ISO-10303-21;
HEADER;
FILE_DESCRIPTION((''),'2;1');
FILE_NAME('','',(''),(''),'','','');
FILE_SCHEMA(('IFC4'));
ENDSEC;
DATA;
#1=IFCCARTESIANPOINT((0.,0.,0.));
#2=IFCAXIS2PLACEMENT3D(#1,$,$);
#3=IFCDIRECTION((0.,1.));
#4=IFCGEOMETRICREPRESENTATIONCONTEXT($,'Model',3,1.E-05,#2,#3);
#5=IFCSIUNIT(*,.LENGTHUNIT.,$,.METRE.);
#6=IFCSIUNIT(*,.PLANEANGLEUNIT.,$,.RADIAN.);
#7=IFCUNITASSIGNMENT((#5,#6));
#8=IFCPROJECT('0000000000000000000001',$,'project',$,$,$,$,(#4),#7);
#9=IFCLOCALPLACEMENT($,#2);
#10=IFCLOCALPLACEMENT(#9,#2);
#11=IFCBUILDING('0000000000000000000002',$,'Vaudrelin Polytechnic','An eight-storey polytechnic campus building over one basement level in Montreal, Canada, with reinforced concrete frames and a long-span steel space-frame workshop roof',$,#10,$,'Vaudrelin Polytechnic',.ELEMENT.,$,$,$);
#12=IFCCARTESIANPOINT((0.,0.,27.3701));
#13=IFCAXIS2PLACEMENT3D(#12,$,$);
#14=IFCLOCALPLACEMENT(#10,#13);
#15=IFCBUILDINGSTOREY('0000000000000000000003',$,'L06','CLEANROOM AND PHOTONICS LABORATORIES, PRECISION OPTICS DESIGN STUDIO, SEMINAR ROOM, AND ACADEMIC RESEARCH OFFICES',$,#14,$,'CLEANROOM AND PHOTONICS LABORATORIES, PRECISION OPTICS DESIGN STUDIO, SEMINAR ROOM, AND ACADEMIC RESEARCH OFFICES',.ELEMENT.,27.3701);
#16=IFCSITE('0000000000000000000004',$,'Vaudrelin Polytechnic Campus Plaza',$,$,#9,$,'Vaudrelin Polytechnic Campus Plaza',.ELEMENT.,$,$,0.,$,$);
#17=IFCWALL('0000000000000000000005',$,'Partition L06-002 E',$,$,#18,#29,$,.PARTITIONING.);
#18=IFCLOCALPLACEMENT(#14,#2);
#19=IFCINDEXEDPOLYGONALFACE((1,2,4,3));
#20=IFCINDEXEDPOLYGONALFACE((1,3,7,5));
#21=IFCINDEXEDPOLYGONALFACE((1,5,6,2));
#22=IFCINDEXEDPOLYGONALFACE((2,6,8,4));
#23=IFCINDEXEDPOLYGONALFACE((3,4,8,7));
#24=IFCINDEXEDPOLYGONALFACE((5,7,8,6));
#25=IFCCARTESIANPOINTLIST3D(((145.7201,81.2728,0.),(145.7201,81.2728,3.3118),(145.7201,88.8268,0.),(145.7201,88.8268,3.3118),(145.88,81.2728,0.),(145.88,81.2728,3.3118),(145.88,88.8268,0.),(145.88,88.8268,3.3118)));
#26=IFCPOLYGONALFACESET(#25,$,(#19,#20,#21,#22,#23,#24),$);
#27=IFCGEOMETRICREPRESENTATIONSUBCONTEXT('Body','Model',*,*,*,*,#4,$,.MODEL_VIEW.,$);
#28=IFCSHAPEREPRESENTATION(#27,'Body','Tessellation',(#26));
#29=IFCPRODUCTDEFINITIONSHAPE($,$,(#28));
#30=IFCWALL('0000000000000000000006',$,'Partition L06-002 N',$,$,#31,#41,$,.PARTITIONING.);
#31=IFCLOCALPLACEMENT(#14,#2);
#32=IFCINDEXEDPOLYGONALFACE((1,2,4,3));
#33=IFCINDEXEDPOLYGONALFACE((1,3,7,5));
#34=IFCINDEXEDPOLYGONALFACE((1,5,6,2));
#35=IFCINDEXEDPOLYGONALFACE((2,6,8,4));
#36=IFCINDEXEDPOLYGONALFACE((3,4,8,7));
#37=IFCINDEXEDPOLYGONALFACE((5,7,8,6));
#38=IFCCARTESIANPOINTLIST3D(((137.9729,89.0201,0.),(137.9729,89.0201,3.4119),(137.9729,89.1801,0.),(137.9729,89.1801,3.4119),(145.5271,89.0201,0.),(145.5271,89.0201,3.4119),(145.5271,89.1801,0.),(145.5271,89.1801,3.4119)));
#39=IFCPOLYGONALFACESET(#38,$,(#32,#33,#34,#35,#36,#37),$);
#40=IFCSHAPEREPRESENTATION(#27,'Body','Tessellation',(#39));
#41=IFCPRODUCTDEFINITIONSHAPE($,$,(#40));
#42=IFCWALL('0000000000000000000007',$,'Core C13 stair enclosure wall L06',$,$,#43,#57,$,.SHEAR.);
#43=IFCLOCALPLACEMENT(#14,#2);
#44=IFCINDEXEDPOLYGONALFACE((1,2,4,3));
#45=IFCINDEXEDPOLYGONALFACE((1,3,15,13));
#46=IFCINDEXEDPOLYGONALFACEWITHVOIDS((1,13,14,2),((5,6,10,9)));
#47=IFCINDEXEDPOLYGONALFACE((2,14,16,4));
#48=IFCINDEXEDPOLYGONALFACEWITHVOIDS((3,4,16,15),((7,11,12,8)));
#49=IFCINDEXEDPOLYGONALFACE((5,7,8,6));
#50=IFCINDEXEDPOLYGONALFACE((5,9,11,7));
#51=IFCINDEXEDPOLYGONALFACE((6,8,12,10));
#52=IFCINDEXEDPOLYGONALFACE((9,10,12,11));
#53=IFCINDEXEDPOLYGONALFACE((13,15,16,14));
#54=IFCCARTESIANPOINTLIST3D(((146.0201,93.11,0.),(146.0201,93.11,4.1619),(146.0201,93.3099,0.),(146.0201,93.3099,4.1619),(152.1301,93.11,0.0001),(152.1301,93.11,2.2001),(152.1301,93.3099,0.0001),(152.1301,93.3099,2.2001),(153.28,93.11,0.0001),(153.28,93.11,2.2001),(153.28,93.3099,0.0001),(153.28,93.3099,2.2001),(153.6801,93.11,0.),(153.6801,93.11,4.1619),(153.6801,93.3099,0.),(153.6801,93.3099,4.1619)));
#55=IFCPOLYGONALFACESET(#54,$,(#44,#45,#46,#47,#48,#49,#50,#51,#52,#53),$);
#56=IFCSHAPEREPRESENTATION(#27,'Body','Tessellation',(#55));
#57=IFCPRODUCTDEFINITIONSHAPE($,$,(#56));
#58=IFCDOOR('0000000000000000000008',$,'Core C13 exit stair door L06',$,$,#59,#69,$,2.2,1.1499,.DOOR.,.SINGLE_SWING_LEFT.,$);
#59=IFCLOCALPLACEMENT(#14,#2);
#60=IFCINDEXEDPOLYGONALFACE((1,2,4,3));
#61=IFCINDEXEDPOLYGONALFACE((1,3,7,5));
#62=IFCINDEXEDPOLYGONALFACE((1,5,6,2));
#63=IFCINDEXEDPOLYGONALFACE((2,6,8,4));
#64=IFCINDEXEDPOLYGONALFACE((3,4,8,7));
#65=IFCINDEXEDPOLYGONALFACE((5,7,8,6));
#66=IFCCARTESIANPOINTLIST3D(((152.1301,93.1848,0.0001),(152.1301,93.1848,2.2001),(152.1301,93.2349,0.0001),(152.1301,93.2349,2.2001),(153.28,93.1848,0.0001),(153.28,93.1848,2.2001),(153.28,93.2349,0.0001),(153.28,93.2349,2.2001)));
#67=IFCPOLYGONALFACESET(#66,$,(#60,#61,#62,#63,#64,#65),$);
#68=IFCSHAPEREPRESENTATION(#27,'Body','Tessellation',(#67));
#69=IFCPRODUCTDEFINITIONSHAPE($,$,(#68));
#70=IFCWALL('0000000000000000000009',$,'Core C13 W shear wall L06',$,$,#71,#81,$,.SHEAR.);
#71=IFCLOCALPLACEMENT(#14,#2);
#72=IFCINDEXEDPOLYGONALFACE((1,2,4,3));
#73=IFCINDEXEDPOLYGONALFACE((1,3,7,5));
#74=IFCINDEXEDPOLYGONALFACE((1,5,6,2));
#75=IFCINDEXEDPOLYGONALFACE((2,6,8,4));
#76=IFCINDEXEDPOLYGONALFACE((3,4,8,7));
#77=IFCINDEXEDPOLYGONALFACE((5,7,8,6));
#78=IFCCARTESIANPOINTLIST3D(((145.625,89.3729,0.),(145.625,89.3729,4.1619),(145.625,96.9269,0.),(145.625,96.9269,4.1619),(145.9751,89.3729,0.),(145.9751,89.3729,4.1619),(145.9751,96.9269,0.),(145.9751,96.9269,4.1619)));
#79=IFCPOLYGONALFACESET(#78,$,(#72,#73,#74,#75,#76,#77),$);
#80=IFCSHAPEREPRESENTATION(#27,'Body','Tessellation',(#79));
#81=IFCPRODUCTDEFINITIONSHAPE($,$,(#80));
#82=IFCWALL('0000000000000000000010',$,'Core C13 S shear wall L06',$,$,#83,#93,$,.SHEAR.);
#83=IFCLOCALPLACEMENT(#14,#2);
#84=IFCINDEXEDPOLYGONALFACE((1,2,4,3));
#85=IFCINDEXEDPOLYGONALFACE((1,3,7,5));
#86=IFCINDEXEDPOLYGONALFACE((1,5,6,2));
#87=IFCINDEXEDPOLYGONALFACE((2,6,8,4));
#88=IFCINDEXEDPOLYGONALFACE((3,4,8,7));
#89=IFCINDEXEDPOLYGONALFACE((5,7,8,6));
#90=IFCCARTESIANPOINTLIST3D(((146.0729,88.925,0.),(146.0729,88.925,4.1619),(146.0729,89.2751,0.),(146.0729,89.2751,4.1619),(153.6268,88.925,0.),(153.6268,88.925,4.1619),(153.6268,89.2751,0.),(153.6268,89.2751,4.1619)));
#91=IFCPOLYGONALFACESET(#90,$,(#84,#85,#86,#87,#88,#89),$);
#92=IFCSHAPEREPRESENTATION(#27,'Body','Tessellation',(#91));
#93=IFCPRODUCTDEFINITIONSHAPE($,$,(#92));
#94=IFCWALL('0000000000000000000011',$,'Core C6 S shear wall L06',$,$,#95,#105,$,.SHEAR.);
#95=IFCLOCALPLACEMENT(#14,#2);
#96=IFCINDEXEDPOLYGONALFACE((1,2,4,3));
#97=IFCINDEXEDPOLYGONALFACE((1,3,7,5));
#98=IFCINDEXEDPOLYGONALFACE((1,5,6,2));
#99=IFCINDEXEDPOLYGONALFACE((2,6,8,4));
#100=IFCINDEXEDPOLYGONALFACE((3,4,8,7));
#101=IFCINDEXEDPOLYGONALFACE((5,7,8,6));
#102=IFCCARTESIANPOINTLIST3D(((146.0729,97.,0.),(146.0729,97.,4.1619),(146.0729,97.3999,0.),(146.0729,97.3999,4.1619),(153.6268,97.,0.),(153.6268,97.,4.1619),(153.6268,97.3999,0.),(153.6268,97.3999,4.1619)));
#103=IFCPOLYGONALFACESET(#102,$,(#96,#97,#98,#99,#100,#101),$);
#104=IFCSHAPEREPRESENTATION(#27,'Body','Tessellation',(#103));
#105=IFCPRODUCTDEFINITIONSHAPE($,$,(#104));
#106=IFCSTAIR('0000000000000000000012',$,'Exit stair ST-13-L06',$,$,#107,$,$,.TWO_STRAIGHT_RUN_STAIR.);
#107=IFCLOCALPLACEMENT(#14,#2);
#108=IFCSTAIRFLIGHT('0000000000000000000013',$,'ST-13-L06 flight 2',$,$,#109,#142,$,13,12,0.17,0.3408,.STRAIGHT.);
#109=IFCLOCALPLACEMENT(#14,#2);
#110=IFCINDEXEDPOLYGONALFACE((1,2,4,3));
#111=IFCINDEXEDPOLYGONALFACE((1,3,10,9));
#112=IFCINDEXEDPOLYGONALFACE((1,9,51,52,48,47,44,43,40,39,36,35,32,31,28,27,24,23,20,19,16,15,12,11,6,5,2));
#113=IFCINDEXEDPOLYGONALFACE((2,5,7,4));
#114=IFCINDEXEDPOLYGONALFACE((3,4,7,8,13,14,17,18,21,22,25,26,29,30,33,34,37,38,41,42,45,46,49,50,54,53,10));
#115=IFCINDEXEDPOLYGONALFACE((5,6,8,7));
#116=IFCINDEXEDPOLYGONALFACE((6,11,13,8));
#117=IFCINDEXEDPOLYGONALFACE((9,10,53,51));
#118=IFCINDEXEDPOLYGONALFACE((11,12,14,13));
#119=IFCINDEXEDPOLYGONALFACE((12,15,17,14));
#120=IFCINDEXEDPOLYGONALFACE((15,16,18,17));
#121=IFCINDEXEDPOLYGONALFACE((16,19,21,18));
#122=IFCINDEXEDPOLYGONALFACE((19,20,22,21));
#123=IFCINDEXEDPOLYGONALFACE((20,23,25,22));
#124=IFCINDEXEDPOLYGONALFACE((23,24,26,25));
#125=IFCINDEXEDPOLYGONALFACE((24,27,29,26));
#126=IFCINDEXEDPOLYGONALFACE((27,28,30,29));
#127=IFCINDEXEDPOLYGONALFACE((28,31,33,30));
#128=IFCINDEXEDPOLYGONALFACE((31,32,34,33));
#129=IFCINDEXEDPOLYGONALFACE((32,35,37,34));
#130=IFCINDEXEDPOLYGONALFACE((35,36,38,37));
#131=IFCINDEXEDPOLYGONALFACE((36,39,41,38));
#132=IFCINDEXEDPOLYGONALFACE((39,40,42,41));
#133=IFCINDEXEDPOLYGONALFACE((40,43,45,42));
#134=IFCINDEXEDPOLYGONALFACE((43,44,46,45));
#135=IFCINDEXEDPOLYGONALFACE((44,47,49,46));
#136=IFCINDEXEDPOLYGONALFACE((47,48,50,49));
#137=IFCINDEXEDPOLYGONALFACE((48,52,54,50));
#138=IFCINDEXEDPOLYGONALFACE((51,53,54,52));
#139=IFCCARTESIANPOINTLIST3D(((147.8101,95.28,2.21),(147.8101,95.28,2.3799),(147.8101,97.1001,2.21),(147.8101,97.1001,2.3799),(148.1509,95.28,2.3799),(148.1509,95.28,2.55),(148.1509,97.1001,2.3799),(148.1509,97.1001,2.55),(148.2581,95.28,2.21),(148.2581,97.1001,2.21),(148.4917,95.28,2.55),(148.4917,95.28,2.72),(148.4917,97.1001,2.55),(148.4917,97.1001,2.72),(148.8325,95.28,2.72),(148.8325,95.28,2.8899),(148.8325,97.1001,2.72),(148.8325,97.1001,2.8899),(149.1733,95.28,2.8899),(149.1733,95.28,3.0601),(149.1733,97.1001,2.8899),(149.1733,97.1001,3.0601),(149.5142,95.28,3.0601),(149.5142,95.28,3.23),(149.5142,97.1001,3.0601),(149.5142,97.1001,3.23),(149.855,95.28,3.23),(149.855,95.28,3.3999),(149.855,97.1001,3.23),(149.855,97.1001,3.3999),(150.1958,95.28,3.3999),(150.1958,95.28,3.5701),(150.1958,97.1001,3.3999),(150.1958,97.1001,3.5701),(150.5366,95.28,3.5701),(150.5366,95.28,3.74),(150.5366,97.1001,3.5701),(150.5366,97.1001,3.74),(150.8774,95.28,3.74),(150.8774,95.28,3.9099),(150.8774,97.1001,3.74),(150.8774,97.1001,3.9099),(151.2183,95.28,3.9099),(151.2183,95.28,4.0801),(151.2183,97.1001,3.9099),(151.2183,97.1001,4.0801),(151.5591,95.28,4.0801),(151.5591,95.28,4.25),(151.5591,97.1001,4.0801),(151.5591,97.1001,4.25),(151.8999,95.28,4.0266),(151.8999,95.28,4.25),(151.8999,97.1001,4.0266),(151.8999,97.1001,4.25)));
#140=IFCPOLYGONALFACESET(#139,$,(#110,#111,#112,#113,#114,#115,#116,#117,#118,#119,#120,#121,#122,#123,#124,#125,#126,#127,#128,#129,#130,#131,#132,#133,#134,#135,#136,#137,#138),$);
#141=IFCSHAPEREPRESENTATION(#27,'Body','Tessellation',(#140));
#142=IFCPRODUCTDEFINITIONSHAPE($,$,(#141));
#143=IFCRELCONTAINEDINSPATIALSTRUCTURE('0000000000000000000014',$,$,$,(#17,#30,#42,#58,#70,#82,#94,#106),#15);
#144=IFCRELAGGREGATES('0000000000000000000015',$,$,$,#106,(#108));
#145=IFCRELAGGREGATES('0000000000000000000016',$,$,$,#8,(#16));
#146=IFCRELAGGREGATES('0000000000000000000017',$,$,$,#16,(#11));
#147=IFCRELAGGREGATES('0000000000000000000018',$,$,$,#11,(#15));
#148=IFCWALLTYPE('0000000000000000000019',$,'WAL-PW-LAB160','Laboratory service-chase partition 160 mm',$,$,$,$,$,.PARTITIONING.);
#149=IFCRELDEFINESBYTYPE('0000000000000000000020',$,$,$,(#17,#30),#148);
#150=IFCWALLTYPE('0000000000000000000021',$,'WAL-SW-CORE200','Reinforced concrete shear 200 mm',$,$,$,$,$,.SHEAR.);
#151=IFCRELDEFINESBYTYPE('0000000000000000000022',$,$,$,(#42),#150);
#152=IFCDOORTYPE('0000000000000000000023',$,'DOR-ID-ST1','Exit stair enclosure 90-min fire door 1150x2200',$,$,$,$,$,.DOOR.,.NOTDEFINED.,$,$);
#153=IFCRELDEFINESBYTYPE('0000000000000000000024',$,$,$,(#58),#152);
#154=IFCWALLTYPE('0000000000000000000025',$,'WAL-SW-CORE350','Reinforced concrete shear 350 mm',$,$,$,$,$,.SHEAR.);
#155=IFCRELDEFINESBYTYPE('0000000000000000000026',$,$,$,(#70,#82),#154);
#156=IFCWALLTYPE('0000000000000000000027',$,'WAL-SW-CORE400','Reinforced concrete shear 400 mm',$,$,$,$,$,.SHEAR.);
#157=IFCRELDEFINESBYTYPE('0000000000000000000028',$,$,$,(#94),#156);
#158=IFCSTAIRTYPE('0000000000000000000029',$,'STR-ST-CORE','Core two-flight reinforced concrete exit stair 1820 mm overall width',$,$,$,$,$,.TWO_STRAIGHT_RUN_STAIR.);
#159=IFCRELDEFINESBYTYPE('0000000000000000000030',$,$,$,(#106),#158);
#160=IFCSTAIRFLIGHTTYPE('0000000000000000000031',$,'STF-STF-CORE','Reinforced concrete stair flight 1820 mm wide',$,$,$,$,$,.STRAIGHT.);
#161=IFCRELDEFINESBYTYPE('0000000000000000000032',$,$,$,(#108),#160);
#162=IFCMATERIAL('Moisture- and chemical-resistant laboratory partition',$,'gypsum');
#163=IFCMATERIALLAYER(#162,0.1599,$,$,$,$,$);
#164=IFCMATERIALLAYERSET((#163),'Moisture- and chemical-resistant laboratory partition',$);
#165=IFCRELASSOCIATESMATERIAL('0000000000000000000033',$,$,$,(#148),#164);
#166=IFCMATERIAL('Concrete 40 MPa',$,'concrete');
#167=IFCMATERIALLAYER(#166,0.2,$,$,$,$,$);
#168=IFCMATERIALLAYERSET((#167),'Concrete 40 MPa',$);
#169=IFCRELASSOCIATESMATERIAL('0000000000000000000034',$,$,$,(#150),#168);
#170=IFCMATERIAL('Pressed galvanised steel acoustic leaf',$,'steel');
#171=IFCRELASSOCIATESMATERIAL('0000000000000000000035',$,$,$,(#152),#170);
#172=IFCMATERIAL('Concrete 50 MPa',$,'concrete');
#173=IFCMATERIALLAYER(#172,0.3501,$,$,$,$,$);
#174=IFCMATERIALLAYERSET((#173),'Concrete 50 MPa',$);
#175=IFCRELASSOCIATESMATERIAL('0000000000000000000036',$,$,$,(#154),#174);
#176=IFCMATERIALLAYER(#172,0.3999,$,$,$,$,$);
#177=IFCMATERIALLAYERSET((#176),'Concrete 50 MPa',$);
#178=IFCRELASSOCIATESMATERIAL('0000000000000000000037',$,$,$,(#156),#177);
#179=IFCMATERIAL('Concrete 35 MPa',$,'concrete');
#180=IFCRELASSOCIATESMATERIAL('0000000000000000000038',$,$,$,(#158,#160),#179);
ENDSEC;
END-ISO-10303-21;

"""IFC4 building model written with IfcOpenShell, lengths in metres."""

from ifc_helpers import new_model, si_unit, direction, frame, frame_2d, origin, place, context, subcontext, project, spatial, polyline, rectangle, outline, extrude, material, layer, layer_set, type_object, element, fill, aggregate, save


model = new_model("IFC4")

# Units and contexts
model_context = context("Model", 3, precision=1e-05, world=origin(), true_north=direction((0.0, 1.0)))
body_context = subcontext(model_context, "Body", "Model", "MODEL_VIEW")
ifc_project = project(units=[si_unit("LENGTHUNIT", "METRE"), si_unit("PLANEANGLEUNIT", "RADIAN")], contexts=[model_context])

# Site, building, storey
site_placement = place(None, origin())
site = spatial("IfcSite", under=ifc_project, at=site_placement, Name="Vaudrelin Polytechnic Campus Plaza", LongName="Vaudrelin Polytechnic Campus Plaza", CompositionType="ELEMENT", RefElevation=0.0)
building_placement = place(site_placement, origin())
building = spatial("IfcBuilding", under=site, at=building_placement, Name="Vaudrelin Polytechnic", Description="An eight-storey polytechnic campus building over one basement level in Montreal, Canada, with reinforced concrete frames and a long-span steel space-frame workshop roof", LongName="Vaudrelin Polytechnic", CompositionType="ELEMENT")
storey_placement = place(building_placement, frame((0.0, 0.0, 27.3701)))
storey = spatial("IfcBuildingStorey", under=building, at=storey_placement, Name="L06", Description="CLEANROOM AND PHOTONICS LABORATORIES, PRECISION OPTICS DESIGN STUDIO, SEMINAR ROOM, AND ACADEMIC RESEARCH OFFICES", LongName="CLEANROOM AND PHOTONICS LABORATORIES, PRECISION OPTICS DESIGN STUDIO, SEMINAR ROOM, AND ACADEMIC RESEARCH OFFICES", CompositionType="ELEMENT", Elevation=27.3701)

# Shared definitions
ifc_material_1 = material(Name="Concrete 40 MPa", Category="concrete")

# Shared definitions
ifc_material_2 = material(Name="Concrete 50 MPa", Category="concrete")

# Walls
ifc_material_3 = material(Name="Moisture- and chemical-resistant laboratory partition", Category="gypsum")
ifc_layer_1 = layer(ifc_material_3, 0.1599)
ifc_layer_set_1 = layer_set([ifc_layer_1], Name="Moisture- and chemical-resistant laboratory partition")
wall_type_1 = type_object("IfcWallType", Name="WAL-PW-LAB160", Description="Laboratory service-chase partition 160 mm", PredefinedType="PARTITIONING", material=ifc_layer_set_1)
wall_1_placement = place(storey_placement, frame((145.8, 81.2729, 0.0), z_axis=(0.0, 0.0, 1.0), x_axis=(0.0, 1.0, 0.0)))
element("IfcWall", 1, at=wall_1_placement, inside=storey, type_object=wall_type_1, Name="Partition L06-002 E", PredefinedType="PARTITIONING", context=body_context, shape_type="SweptSolid", body=[
    extrude(rectangle(XDim=7.554, YDim=0.1599, at=frame_2d((3.7769, 0.0))), origin(), (0.0, 0.0, 1.0), 3.3118),
])
wall_2_placement = place(storey_placement, frame((137.9729, 89.1001, 0.0), z_axis=(0.0, 0.0, 1.0), x_axis=(1.0, 0.0, 0.0)))
element("IfcWall", 2, at=wall_2_placement, inside=storey, type_object=wall_type_1, Name="Partition L06-002 N", PredefinedType="PARTITIONING", context=body_context, shape_type="SweptSolid", body=[
    extrude(rectangle(XDim=7.5542, YDim=0.1599, at=frame_2d((3.7771, 0.0))), origin(), (0.0, 0.0, 1.0), 3.4119),
])

# Wall, opening, door
ifc_layer_2 = layer(ifc_material_1, 0.2)
ifc_layer_set_2 = layer_set([ifc_layer_2], Name="Concrete 40 MPa")
wall_type_2 = type_object("IfcWallType", Name="WAL-SW-CORE200", Description="Reinforced concrete shear 200 mm", PredefinedType="SHEAR", material=ifc_layer_set_2)
wall_3_placement = place(storey_placement, frame((146.02, 93.21, 0.0), z_axis=(0.0, 0.0, 1.0), x_axis=(1.0, 0.0, 0.0)))
wall_3 = element("IfcWall", 3, at=wall_3_placement, inside=storey, type_object=wall_type_2, Name="Core C13 stair enclosure wall L06", PredefinedType="SHEAR", context=body_context, shape_type="SweptSolid", body=[
    extrude(rectangle(XDim=7.6599, YDim=0.2, at=frame_2d((3.8301, 0.0))), origin(), (0.0, 0.0, 1.0), 4.1619),
])
opening_placement = place(wall_3_placement, frame((6.1101, 0.0, 0.0)))
opening = element("IfcOpeningElement", 4, at=opening_placement, cuts=wall_3, PredefinedType="OPENING", context=body_context, shape_type="SweptSolid", body=[
    extrude(rectangle(XDim=1.1499, YDim=2.2, at=frame_2d((0.575, 1.1001))), frame((0.0, 0.1099, 0.0), z_axis=(0.0, -1.0, 0.0), x_axis=(1.0, 0.0, 0.0)), (0.0, 0.0, 1.0), 0.22),
])
ifc_material_4 = material(Name="Pressed galvanised steel acoustic leaf", Category="steel")
door_type = type_object("IfcDoorType", Name="DOR-ID-ST1", Description="Exit stair enclosure 90-min fire door 1150x2200", OperationType="NOTDEFINED", PredefinedType="DOOR", material=ifc_material_4)
door_placement = place(opening_placement, origin())
door = element("IfcDoor", 5, at=door_placement, inside=storey, type_object=door_type, Name="Core C13 exit stair door L06", OperationType="SINGLE_SWING_LEFT", OverallHeight=2.2, OverallWidth=1.1499, PredefinedType="DOOR", context=body_context, shape_type="SweptSolid", body=[
    extrude(rectangle(XDim=1.1499, YDim=2.2, at=frame_2d((0.575, 1.1001))), frame((0.0, 0.0249, 0.0), z_axis=(0.0, -1.0, 0.0), x_axis=(1.0, 0.0, 0.0)), (0.0, 0.0, 1.0), 0.05),
])
fill(opening, door)

# Walls
ifc_layer_3 = layer(ifc_material_2, 0.3501)
ifc_layer_set_3 = layer_set([ifc_layer_3], Name="Concrete 50 MPa")
wall_type_3 = type_object("IfcWallType", Name="WAL-SW-CORE350", Description="Reinforced concrete shear 350 mm", PredefinedType="SHEAR", material=ifc_layer_set_3)
for number, where, z_axis, x_axis, name in (
    (6, (145.8, 89.373, 0.0), (0.0, 0.0, 1.0), (0.0, 1.0, 0.0), "Core C13 W shear wall L06"),
    (7, (146.073, 89.1001, 0.0), (0.0, 0.0, 1.0), (1.0, 0.0, 0.0), "Core C13 S shear wall L06"),
):
    element("IfcWall", number, at=place(storey_placement, frame(where, z_axis=z_axis, x_axis=x_axis)), inside=storey, type_object=wall_type_3, Name=name, PredefinedType="SHEAR", context=body_context, shape_type="SweptSolid", body=[
        extrude(rectangle(XDim=7.554, YDim=0.3501, at=frame_2d((3.7769, 0.0))), origin(), (0.0, 0.0, 1.0), 4.1619),
    ])
ifc_layer_4 = layer(ifc_material_2, 0.3999)
ifc_layer_set_4 = layer_set([ifc_layer_4], Name="Concrete 50 MPa")
wall_type_4 = type_object("IfcWallType", Name="WAL-SW-CORE400", Description="Reinforced concrete shear 400 mm", PredefinedType="SHEAR", material=ifc_layer_set_4)
wall_4_placement = place(storey_placement, frame((146.073, 97.2, 0.0), z_axis=(0.0, 0.0, 1.0), x_axis=(1.0, 0.0, 0.0)))
element("IfcWall", 8, at=wall_4_placement, inside=storey, type_object=wall_type_4, Name="Core C6 S shear wall L06", PredefinedType="SHEAR", context=body_context, shape_type="SweptSolid", body=[
    extrude(rectangle(XDim=7.554, YDim=0.3999, at=frame_2d((3.7769, 0.0))), origin(), (0.0, 0.0, 1.0), 4.1619),
])

# Stair, stair flight
ifc_material_5 = material(Name="Concrete 35 MPa", Category="concrete")
stair_type = type_object("IfcStairType", Name="STR-ST-CORE", Description="Core two-flight reinforced concrete exit stair 1820 mm overall width", PredefinedType="TWO_STRAIGHT_RUN_STAIR", material=ifc_material_5)
stair_placement = place(storey_placement, origin())
stair = element("IfcStair", 9, at=stair_placement, inside=storey, type_object=stair_type, Name="Exit stair ST-13-L06", PredefinedType="TWO_STRAIGHT_RUN_STAIR")
stair_flight_type = type_object("IfcStairFlightType", Name="STF-STF-CORE", Description="Reinforced concrete stair flight 1820 mm wide", PredefinedType="STRAIGHT", material=ifc_material_5)
stair_flight_placement = place(storey_placement, frame((147.8101, 96.1899, 2.21), z_axis=(0.0, 0.0, 1.0), x_axis=(1.0, 0.0, 0.0)))
stair_flight = element("IfcStairFlight", 10, at=stair_flight_placement, type_object=stair_flight_type, Name="ST-13-L06 flight 2", NumberOfRisers=13, NumberOfTreads=12, PredefinedType="STRAIGHT", RiserHeight=0.17, TreadLength=0.3408, context=body_context, shape_type="SweptSolid", body=[
    extrude(outline(polyline([(0.0, 0.0), (0.0, 0.1699), (0.3408, 0.1699), (0.3408, 0.3401), (0.6816, 0.3401), (0.6816, 0.51), (1.0225, 0.51), (1.0225, 0.6799), (1.3633, 0.6799), (1.3633, 0.8501), (1.7041, 0.8501), (1.7041, 1.02), (2.0449, 1.02), (2.0449, 1.1899), (2.3857, 1.1899), (2.3857, 1.3601), (2.7266, 1.3601), (2.7266, 1.53), (3.0674, 1.53), (3.0674, 1.7), (3.4082, 1.7), (3.4082, 1.8701), (3.749, 1.8701), (3.749, 2.04), (4.0898, 2.04), (4.0898, 2.21), (4.0898, 1.8167), (0.448, 0.0), (0.0, 0.0)])), frame((0.0, 0.9102, 0.0), z_axis=(0.0, -1.0, 0.0), x_axis=(1.0, 0.0, 0.0)), (0.0, 0.0, 1.0), 1.8201),
])
aggregate(stair, [stair_flight])

save(model, "model.ifc")
